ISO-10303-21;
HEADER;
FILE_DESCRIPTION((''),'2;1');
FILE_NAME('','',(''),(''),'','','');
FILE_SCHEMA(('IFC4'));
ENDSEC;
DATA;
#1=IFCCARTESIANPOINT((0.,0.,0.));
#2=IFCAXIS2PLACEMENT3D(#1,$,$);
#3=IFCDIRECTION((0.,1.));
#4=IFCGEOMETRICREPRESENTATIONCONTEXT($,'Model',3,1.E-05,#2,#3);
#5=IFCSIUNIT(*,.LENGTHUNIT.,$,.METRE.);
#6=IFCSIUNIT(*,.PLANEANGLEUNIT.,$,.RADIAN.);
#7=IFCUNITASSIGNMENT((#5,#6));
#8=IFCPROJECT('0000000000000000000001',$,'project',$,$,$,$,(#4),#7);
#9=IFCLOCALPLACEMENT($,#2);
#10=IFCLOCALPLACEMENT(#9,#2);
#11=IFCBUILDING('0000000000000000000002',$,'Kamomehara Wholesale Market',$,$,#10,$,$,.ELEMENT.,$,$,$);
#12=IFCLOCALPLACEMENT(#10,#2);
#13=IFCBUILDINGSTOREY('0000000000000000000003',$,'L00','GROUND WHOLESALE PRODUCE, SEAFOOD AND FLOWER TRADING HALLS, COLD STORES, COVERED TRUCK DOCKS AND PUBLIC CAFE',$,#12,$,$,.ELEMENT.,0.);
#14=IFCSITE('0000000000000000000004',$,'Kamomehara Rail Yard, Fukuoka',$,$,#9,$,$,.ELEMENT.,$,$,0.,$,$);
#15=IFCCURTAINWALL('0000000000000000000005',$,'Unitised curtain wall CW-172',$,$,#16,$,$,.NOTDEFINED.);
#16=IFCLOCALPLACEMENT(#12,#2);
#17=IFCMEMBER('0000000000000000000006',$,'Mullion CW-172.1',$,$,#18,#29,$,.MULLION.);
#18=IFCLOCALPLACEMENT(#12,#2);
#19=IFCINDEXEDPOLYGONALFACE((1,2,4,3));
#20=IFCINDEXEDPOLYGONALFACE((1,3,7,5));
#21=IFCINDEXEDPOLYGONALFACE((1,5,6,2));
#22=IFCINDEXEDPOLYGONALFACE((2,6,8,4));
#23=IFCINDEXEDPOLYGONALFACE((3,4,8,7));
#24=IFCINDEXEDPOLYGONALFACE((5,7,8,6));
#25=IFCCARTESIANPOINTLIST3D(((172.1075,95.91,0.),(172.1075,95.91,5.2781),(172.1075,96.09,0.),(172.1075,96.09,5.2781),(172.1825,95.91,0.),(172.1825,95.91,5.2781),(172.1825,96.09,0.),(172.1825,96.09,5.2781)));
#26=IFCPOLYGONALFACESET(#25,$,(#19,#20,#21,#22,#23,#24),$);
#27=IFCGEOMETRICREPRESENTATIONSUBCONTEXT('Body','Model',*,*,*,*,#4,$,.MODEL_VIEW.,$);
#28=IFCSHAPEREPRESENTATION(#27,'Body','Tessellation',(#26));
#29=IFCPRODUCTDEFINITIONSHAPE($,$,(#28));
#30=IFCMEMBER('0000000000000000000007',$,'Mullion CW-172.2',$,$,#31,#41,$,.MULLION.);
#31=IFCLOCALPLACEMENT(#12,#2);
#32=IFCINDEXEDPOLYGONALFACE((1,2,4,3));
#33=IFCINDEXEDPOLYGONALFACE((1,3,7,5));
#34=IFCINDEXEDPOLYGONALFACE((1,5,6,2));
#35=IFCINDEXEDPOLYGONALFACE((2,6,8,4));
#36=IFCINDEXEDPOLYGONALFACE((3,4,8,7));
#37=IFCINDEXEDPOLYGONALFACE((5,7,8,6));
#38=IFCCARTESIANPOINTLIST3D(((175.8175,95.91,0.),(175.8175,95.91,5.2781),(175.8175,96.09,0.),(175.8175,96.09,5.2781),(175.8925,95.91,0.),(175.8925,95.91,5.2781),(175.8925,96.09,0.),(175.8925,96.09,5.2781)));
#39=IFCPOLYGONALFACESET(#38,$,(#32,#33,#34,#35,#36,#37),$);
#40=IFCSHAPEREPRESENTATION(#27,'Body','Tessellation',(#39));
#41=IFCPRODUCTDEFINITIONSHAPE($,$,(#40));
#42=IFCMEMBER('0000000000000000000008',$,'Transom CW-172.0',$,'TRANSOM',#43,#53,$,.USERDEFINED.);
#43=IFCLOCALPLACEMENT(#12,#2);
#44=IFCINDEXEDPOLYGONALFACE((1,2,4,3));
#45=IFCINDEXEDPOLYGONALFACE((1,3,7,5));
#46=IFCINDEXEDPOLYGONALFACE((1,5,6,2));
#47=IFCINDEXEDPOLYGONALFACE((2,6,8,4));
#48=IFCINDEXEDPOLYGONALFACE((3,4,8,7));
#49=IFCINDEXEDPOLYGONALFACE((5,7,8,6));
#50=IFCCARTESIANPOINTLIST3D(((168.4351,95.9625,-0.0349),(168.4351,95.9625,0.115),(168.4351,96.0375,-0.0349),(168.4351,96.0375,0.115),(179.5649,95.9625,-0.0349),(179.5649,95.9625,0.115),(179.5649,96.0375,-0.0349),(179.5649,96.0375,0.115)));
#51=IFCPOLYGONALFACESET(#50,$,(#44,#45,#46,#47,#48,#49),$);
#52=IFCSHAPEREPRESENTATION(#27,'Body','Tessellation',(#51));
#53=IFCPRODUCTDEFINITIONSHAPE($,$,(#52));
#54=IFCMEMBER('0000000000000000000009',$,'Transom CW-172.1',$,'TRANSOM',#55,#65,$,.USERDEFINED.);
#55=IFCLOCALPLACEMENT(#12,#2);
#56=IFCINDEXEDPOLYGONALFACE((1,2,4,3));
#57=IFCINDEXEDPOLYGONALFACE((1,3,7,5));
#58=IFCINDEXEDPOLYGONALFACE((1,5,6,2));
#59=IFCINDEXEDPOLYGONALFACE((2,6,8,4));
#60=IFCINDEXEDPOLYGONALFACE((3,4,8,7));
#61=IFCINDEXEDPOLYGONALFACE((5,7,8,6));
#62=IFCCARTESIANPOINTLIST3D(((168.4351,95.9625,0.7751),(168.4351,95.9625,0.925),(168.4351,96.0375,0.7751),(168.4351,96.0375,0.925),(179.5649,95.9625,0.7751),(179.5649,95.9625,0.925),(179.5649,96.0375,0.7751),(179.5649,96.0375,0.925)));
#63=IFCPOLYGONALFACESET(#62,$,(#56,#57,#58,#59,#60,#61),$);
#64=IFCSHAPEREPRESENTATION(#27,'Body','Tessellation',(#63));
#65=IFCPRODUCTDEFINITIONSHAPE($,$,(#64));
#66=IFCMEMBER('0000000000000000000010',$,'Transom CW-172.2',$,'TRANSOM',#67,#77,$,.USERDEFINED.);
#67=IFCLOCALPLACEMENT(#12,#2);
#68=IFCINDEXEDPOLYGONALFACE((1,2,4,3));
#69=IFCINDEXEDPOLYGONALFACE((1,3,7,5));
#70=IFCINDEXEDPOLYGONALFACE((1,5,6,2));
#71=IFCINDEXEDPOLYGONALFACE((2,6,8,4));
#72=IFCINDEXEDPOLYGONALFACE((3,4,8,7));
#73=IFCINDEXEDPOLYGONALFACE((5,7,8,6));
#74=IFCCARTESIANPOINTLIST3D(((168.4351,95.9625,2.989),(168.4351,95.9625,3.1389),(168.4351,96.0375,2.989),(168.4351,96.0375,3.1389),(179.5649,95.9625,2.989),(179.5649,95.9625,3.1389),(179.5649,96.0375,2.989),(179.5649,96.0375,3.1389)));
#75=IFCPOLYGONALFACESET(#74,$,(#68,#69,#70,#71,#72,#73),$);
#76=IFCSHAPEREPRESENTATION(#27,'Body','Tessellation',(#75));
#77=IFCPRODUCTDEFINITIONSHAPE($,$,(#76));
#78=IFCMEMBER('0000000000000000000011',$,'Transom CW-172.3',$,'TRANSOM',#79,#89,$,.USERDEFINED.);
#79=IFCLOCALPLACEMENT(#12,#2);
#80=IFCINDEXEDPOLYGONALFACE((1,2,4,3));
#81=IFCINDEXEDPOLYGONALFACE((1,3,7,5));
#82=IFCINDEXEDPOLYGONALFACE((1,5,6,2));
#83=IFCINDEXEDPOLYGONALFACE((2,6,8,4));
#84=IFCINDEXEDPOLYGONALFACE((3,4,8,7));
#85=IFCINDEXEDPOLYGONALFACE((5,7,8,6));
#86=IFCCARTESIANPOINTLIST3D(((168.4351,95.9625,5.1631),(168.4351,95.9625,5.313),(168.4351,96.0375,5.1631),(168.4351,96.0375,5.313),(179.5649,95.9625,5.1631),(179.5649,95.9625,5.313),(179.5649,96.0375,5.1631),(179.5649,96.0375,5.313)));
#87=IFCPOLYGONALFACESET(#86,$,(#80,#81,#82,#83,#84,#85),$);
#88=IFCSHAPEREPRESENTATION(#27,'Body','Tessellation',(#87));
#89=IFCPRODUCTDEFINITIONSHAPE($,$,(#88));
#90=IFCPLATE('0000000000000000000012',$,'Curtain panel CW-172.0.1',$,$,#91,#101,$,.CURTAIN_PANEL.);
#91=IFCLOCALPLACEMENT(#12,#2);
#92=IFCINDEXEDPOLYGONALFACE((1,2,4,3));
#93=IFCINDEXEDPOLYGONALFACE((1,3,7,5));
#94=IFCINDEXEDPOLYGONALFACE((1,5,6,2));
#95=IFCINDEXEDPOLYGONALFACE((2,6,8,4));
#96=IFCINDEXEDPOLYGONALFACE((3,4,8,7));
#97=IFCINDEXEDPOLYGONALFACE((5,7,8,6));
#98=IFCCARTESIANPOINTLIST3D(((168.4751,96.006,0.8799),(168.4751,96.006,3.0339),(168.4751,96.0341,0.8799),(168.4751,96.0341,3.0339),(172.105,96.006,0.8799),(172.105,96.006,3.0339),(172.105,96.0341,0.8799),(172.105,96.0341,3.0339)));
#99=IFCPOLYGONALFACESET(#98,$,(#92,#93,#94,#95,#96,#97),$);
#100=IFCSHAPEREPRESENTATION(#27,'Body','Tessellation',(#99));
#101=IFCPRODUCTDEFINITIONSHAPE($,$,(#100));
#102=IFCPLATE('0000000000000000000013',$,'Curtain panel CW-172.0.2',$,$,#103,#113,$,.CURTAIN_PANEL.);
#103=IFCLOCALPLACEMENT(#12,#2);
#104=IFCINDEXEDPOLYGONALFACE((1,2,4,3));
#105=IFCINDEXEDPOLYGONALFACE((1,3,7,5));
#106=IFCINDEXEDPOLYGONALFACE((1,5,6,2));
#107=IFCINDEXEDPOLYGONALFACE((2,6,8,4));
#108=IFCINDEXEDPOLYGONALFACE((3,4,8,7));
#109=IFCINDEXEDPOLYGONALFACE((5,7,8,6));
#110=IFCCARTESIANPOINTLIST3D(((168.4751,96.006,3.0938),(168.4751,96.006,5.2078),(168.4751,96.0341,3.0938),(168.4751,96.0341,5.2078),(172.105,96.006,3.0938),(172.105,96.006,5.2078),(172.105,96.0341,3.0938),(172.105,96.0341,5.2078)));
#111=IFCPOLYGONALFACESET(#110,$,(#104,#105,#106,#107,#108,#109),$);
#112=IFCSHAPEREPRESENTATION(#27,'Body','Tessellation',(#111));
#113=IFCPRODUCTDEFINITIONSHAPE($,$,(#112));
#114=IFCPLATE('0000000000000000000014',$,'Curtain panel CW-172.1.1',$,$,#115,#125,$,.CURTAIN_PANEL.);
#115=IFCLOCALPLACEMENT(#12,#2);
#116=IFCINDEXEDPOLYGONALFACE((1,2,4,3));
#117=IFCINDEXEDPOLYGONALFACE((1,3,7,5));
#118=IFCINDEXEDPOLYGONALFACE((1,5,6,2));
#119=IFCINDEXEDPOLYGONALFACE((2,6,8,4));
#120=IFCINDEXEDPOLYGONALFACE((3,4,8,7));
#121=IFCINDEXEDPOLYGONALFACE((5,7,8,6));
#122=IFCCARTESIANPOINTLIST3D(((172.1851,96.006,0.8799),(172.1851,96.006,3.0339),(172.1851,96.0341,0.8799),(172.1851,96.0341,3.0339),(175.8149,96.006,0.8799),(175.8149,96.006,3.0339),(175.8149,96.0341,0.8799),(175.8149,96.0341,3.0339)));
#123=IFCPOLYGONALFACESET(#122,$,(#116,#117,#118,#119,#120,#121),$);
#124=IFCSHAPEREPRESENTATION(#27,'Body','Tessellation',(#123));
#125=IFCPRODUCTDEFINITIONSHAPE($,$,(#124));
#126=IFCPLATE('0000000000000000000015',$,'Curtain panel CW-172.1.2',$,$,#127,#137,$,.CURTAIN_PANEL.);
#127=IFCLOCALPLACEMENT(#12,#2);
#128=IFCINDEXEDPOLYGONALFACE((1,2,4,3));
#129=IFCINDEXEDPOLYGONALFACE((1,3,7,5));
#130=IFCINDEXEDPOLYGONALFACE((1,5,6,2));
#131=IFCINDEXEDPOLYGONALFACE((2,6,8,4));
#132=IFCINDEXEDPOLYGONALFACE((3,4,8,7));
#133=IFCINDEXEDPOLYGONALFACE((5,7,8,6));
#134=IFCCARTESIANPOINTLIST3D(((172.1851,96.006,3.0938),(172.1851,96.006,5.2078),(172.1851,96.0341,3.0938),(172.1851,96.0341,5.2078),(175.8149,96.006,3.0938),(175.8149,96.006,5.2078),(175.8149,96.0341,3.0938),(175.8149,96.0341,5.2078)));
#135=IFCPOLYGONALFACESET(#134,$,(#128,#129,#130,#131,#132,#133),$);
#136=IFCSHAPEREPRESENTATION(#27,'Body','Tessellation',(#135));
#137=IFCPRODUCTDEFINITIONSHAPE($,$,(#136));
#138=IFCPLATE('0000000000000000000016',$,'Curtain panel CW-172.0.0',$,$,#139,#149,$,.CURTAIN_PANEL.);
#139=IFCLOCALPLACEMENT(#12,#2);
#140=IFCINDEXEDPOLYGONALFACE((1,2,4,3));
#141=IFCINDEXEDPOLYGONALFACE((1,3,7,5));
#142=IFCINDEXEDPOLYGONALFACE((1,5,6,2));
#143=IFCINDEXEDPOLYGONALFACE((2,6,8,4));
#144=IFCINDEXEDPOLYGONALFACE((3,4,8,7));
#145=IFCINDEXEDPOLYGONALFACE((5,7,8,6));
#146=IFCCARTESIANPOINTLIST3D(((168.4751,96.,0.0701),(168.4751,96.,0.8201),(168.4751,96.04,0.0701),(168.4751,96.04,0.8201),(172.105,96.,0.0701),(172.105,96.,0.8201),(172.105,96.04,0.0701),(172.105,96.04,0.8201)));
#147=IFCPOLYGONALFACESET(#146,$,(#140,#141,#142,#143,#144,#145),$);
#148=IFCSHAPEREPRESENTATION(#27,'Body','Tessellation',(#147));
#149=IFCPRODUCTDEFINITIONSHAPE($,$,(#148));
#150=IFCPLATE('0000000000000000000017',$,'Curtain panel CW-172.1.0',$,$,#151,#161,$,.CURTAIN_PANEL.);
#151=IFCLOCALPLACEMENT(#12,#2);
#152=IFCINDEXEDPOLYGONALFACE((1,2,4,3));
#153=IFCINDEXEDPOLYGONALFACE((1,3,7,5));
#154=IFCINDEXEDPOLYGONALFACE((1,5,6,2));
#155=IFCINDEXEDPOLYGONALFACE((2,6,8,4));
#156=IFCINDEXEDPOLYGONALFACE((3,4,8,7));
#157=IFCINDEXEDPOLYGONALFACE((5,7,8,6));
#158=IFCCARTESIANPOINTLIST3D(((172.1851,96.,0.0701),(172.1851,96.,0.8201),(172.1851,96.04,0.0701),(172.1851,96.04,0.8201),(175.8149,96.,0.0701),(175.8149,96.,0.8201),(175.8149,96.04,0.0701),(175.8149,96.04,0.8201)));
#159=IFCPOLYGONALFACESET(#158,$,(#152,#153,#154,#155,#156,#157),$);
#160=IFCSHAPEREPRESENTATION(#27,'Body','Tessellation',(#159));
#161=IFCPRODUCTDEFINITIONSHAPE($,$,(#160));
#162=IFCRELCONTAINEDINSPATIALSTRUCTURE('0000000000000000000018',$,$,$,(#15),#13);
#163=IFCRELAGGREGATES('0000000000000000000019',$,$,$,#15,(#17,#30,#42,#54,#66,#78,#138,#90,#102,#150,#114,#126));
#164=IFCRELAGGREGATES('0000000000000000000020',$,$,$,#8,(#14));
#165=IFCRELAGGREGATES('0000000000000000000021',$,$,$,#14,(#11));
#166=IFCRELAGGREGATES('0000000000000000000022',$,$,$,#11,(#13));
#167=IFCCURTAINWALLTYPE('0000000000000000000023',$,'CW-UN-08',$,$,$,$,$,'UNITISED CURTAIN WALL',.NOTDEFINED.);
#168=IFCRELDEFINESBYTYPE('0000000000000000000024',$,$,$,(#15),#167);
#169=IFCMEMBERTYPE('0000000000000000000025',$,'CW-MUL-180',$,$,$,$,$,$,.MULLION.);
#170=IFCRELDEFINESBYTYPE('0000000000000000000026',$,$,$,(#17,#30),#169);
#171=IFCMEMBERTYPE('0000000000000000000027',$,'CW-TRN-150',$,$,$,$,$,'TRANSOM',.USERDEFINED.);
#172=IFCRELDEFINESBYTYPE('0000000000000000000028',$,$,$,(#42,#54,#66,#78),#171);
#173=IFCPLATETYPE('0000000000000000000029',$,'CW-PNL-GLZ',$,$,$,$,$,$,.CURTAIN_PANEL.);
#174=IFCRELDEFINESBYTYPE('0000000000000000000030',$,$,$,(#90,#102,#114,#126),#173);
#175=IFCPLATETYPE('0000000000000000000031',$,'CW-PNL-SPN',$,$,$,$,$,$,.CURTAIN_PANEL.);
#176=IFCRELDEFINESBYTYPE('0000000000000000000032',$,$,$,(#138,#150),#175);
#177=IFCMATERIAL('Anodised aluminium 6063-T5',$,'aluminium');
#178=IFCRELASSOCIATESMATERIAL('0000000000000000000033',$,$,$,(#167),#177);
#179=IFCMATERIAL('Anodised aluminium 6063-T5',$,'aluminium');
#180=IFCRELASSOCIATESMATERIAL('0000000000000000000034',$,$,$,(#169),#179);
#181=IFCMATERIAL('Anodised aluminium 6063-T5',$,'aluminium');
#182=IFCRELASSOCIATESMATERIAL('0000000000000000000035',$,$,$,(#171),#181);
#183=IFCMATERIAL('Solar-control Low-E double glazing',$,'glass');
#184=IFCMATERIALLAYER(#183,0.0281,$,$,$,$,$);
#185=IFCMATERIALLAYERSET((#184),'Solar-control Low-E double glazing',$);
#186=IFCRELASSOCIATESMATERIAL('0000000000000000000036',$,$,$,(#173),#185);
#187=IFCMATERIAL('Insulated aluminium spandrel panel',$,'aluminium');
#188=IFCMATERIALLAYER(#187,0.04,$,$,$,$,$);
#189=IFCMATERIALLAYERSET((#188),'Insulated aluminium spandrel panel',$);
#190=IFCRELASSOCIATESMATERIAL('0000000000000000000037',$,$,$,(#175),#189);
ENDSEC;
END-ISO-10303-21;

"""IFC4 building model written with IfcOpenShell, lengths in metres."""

from ifc_helpers import new_model, si_unit, direction, frame, origin, origin_2d, place, context, subcontext, project, spatial, rectangle, extrude, material, layer, layer_set, material_profile, profile_set, type_object, element, aggregate, save


model = new_model("IFC4")

# Units and contexts
model_context = context("Model", 3, precision=1e-05, world=origin(), true_north=direction((0.0, 1.0)))
body_context = subcontext(model_context, "Body", "Model", "MODEL_VIEW")
ifc_project = project(units=[si_unit("LENGTHUNIT", "METRE"), si_unit("PLANEANGLEUNIT", "RADIAN")], contexts=[model_context])

# Site, building, storey
site_placement = place(None, origin())
site = spatial("IfcSite", under=ifc_project, at=site_placement, Name="Kamomehara Rail Yard, Fukuoka", CompositionType="ELEMENT", RefElevation=0.0)
building_placement = place(site_placement, origin())
building = spatial("IfcBuilding", under=site, at=building_placement, Name="Kamomehara Wholesale Market", CompositionType="ELEMENT")
storey_placement = place(building_placement, origin())
storey = spatial("IfcBuildingStorey", under=building, at=storey_placement, Name="L00", Description="GROUND WHOLESALE PRODUCE, SEAFOOD AND FLOWER TRADING HALLS, COLD STORES, COVERED TRUCK DOCKS AND PUBLIC CAFE", CompositionType="ELEMENT", Elevation=0.0)

# Curtain wall, members, plates
ifc_material_1 = material(Name="Anodised aluminium 6063-T5", Category="aluminium")
curtain_wall_type = type_object("IfcCurtainWallType", Name="CW-UN-08", ElementType="UNITISED CURTAIN WALL", PredefinedType="NOTDEFINED", material=ifc_material_1)
curtain_wall_placement = place(storey_placement, origin())
curtain_wall = element("IfcCurtainWall", 1, at=curtain_wall_placement, inside=storey, type_object=curtain_wall_type, Name="Unitised curtain wall CW-172", PredefinedType="NOTDEFINED")
ifc_material_2 = material(Name="Anodised aluminium 6063-T5", Category="aluminium")
ifc_material_profile_1 = material_profile(ifc_material_2, rectangle(XDim=0.075, YDim=0.1799, at=origin_2d()), Name="ALU-MUL-75x180")
ifc_profile_set_1 = profile_set([ifc_material_profile_1], Name="Anodised aluminium 6063-T5")
member_type_1 = type_object("IfcMemberType", Name="CW-MUL-180", PredefinedType="MULLION", material=ifc_profile_set_1)
member_1_placement = place(storey_placement, frame((172.145, 96.0, 0.0), z_axis=(0.0, 0.0, 1.0), x_axis=(1.0, 0.0, 0.0)))
member_1 = element("IfcMember", 2, at=member_1_placement, type_object=member_type_1, Name="Mullion CW-172.1", PredefinedType="MULLION", context=body_context, shape_type="SweptSolid", body=[
    extrude(rectangle(XDim=0.075, YDim=0.1799, at=origin_2d()), origin(), (0.0, 0.0, 1.0), 5.2781),
])
member_2_placement = place(storey_placement, frame((175.855, 96.0, 0.0), z_axis=(0.0, 0.0, 1.0), x_axis=(1.0, 0.0, 0.0)))
member_2 = element("IfcMember", 3, at=member_2_placement, type_object=member_type_1, Name="Mullion CW-172.2", PredefinedType="MULLION", context=body_context, shape_type="SweptSolid", body=[
    extrude(rectangle(XDim=0.075, YDim=0.1799, at=origin_2d()), origin(), (0.0, 0.0, 1.0), 5.2781),
])
ifc_material_3 = material(Name="Anodised aluminium 6063-T5", Category="aluminium")
ifc_material_profile_2 = material_profile(ifc_material_3, rectangle(XDim=0.075, YDim=0.1499, at=origin_2d()), Name="ALU-TRN-75x150")
ifc_profile_set_2 = profile_set([ifc_material_profile_2], Name="Anodised aluminium 6063-T5")
member_type_2 = type_object("IfcMemberType", Name="CW-TRN-150", ElementType="TRANSOM", PredefinedType="USERDEFINED", material=ifc_profile_set_2)
member_3_placement = place(storey_placement, frame((168.4351, 96.0, 0.04), z_axis=(1.0, 0.0, 0.0), x_axis=(0.0, 1.0, 0.0)))
member_3 = element("IfcMember", 4, at=member_3_placement, type_object=member_type_2, Name="Transom CW-172.0", ObjectType="TRANSOM", PredefinedType="USERDEFINED", context=body_context, shape_type="SweptSolid", body=[
    extrude(rectangle(XDim=0.075, YDim=0.1499, at=origin_2d()), origin(), (0.0, 0.0, 1.0), 11.1299),
])
member_4_placement = place(storey_placement, frame((168.4351, 96.0, 0.8501), z_axis=(1.0, 0.0, 0.0), x_axis=(0.0, 1.0, 0.0)))
member_4 = element("IfcMember", 5, at=member_4_placement, type_object=member_type_2, Name="Transom CW-172.1", ObjectType="TRANSOM", PredefinedType="USERDEFINED", context=body_context, shape_type="SweptSolid", body=[
    extrude(rectangle(XDim=0.075, YDim=0.1499, at=origin_2d()), origin(), (0.0, 0.0, 1.0), 11.1299),
])
member_5_placement = place(storey_placement, frame((168.4351, 96.0, 3.064), z_axis=(1.0, 0.0, 0.0), x_axis=(0.0, 1.0, 0.0)))
member_5 = element("IfcMember", 6, at=member_5_placement, type_object=member_type_2, Name="Transom CW-172.2", ObjectType="TRANSOM", PredefinedType="USERDEFINED", context=body_context, shape_type="SweptSolid", body=[
    extrude(rectangle(XDim=0.075, YDim=0.1499, at=origin_2d()), origin(), (0.0, 0.0, 1.0), 11.1299),
])
member_6_placement = place(storey_placement, frame((168.4351, 96.0, 5.238), z_axis=(1.0, 0.0, 0.0), x_axis=(0.0, 1.0, 0.0)))
member_6 = element("IfcMember", 7, at=member_6_placement, type_object=member_type_2, Name="Transom CW-172.3", ObjectType="TRANSOM", PredefinedType="USERDEFINED", context=body_context, shape_type="SweptSolid", body=[
    extrude(rectangle(XDim=0.075, YDim=0.1499, at=origin_2d()), origin(), (0.0, 0.0, 1.0), 11.1299),
])
ifc_material_4 = material(Name="Solar-control Low-E double glazing", Category="glass")
ifc_layer_1 = layer(ifc_material_4, 0.0281)
ifc_layer_set_1 = layer_set([ifc_layer_1], Name="Solar-control Low-E double glazing")
plate_type_1 = type_object("IfcPlateType", Name="CW-PNL-GLZ", PredefinedType="CURTAIN_PANEL", material=ifc_layer_set_1)
plate_1_placement = place(storey_placement, frame((170.29, 96.02, 0.8799), z_axis=(0.0, 0.0, 1.0), x_axis=(1.0, 0.0, 0.0)))
plate_1 = element("IfcPlate", 8, at=plate_1_placement, type_object=plate_type_1, Name="Curtain panel CW-172.0.1", PredefinedType="CURTAIN_PANEL", context=body_context, shape_type="SweptSolid", body=[
    extrude(rectangle(XDim=3.6299, YDim=0.0281, at=origin_2d()), origin(), (0.0, 0.0, 1.0), 2.1541),
])
plate_2_placement = place(storey_placement, frame((170.29, 96.02, 3.0938), z_axis=(0.0, 0.0, 1.0), x_axis=(1.0, 0.0, 0.0)))
plate_2 = element("IfcPlate", 9, at=plate_2_placement, type_object=plate_type_1, Name="Curtain panel CW-172.0.2", PredefinedType="CURTAIN_PANEL", context=body_context, shape_type="SweptSolid", body=[
    extrude(rectangle(XDim=3.6299, YDim=0.0281, at=origin_2d()), origin(), (0.0, 0.0, 1.0), 2.114),
])
plate_3_placement = place(storey_placement, frame((174.0, 96.02, 0.8799), z_axis=(0.0, 0.0, 1.0), x_axis=(1.0, 0.0, 0.0)))
plate_3 = element("IfcPlate", 10, at=plate_3_placement, type_object=plate_type_1, Name="Curtain panel CW-172.1.1", PredefinedType="CURTAIN_PANEL", context=body_context, shape_type="SweptSolid", body=[
    extrude(rectangle(XDim=3.6299, YDim=0.0281, at=origin_2d()), origin(), (0.0, 0.0, 1.0), 2.1541),
])
plate_4_placement = place(storey_placement, frame((174.0, 96.02, 3.0938), z_axis=(0.0, 0.0, 1.0), x_axis=(1.0, 0.0, 0.0)))
plate_4 = element("IfcPlate", 11, at=plate_4_placement, type_object=plate_type_1, Name="Curtain panel CW-172.1.2", PredefinedType="CURTAIN_PANEL", context=body_context, shape_type="SweptSolid", body=[
    extrude(rectangle(XDim=3.6299, YDim=0.0281, at=origin_2d()), origin(), (0.0, 0.0, 1.0), 2.114),
])
ifc_material_5 = material(Name="Insulated aluminium spandrel panel", Category="aluminium")
ifc_layer_2 = layer(ifc_material_5, 0.04)
ifc_layer_set_2 = layer_set([ifc_layer_2], Name="Insulated aluminium spandrel panel")
plate_type_2 = type_object("IfcPlateType", Name="CW-PNL-SPN", PredefinedType="CURTAIN_PANEL", material=ifc_layer_set_2)
plate_5_placement = place(storey_placement, frame((170.29, 96.02, 0.0701), z_axis=(0.0, 0.0, 1.0), x_axis=(1.0, 0.0, 0.0)))
plate_5 = element("IfcPlate", 12, at=plate_5_placement, type_object=plate_type_2, Name="Curtain panel CW-172.0.0", PredefinedType="CURTAIN_PANEL", context=body_context, shape_type="SweptSolid", body=[
    extrude(rectangle(XDim=3.6299, YDim=0.04, at=origin_2d()), origin(), (0.0, 0.0, 1.0), 0.75),
])
plate_6_placement = place(storey_placement, frame((174.0, 96.02, 0.0701), z_axis=(0.0, 0.0, 1.0), x_axis=(1.0, 0.0, 0.0)))
plate_6 = element("IfcPlate", 13, at=plate_6_placement, type_object=plate_type_2, Name="Curtain panel CW-172.1.0", PredefinedType="CURTAIN_PANEL", context=body_context, shape_type="SweptSolid", body=[
    extrude(rectangle(XDim=3.6299, YDim=0.04, at=origin_2d()), origin(), (0.0, 0.0, 1.0), 0.75),
])
aggregate(curtain_wall, [member_1, member_2, member_3, member_4, member_5, member_6, plate_5, plate_1, plate_2, plate_6, plate_3, plate_4])

save(model, "model.ifc")
